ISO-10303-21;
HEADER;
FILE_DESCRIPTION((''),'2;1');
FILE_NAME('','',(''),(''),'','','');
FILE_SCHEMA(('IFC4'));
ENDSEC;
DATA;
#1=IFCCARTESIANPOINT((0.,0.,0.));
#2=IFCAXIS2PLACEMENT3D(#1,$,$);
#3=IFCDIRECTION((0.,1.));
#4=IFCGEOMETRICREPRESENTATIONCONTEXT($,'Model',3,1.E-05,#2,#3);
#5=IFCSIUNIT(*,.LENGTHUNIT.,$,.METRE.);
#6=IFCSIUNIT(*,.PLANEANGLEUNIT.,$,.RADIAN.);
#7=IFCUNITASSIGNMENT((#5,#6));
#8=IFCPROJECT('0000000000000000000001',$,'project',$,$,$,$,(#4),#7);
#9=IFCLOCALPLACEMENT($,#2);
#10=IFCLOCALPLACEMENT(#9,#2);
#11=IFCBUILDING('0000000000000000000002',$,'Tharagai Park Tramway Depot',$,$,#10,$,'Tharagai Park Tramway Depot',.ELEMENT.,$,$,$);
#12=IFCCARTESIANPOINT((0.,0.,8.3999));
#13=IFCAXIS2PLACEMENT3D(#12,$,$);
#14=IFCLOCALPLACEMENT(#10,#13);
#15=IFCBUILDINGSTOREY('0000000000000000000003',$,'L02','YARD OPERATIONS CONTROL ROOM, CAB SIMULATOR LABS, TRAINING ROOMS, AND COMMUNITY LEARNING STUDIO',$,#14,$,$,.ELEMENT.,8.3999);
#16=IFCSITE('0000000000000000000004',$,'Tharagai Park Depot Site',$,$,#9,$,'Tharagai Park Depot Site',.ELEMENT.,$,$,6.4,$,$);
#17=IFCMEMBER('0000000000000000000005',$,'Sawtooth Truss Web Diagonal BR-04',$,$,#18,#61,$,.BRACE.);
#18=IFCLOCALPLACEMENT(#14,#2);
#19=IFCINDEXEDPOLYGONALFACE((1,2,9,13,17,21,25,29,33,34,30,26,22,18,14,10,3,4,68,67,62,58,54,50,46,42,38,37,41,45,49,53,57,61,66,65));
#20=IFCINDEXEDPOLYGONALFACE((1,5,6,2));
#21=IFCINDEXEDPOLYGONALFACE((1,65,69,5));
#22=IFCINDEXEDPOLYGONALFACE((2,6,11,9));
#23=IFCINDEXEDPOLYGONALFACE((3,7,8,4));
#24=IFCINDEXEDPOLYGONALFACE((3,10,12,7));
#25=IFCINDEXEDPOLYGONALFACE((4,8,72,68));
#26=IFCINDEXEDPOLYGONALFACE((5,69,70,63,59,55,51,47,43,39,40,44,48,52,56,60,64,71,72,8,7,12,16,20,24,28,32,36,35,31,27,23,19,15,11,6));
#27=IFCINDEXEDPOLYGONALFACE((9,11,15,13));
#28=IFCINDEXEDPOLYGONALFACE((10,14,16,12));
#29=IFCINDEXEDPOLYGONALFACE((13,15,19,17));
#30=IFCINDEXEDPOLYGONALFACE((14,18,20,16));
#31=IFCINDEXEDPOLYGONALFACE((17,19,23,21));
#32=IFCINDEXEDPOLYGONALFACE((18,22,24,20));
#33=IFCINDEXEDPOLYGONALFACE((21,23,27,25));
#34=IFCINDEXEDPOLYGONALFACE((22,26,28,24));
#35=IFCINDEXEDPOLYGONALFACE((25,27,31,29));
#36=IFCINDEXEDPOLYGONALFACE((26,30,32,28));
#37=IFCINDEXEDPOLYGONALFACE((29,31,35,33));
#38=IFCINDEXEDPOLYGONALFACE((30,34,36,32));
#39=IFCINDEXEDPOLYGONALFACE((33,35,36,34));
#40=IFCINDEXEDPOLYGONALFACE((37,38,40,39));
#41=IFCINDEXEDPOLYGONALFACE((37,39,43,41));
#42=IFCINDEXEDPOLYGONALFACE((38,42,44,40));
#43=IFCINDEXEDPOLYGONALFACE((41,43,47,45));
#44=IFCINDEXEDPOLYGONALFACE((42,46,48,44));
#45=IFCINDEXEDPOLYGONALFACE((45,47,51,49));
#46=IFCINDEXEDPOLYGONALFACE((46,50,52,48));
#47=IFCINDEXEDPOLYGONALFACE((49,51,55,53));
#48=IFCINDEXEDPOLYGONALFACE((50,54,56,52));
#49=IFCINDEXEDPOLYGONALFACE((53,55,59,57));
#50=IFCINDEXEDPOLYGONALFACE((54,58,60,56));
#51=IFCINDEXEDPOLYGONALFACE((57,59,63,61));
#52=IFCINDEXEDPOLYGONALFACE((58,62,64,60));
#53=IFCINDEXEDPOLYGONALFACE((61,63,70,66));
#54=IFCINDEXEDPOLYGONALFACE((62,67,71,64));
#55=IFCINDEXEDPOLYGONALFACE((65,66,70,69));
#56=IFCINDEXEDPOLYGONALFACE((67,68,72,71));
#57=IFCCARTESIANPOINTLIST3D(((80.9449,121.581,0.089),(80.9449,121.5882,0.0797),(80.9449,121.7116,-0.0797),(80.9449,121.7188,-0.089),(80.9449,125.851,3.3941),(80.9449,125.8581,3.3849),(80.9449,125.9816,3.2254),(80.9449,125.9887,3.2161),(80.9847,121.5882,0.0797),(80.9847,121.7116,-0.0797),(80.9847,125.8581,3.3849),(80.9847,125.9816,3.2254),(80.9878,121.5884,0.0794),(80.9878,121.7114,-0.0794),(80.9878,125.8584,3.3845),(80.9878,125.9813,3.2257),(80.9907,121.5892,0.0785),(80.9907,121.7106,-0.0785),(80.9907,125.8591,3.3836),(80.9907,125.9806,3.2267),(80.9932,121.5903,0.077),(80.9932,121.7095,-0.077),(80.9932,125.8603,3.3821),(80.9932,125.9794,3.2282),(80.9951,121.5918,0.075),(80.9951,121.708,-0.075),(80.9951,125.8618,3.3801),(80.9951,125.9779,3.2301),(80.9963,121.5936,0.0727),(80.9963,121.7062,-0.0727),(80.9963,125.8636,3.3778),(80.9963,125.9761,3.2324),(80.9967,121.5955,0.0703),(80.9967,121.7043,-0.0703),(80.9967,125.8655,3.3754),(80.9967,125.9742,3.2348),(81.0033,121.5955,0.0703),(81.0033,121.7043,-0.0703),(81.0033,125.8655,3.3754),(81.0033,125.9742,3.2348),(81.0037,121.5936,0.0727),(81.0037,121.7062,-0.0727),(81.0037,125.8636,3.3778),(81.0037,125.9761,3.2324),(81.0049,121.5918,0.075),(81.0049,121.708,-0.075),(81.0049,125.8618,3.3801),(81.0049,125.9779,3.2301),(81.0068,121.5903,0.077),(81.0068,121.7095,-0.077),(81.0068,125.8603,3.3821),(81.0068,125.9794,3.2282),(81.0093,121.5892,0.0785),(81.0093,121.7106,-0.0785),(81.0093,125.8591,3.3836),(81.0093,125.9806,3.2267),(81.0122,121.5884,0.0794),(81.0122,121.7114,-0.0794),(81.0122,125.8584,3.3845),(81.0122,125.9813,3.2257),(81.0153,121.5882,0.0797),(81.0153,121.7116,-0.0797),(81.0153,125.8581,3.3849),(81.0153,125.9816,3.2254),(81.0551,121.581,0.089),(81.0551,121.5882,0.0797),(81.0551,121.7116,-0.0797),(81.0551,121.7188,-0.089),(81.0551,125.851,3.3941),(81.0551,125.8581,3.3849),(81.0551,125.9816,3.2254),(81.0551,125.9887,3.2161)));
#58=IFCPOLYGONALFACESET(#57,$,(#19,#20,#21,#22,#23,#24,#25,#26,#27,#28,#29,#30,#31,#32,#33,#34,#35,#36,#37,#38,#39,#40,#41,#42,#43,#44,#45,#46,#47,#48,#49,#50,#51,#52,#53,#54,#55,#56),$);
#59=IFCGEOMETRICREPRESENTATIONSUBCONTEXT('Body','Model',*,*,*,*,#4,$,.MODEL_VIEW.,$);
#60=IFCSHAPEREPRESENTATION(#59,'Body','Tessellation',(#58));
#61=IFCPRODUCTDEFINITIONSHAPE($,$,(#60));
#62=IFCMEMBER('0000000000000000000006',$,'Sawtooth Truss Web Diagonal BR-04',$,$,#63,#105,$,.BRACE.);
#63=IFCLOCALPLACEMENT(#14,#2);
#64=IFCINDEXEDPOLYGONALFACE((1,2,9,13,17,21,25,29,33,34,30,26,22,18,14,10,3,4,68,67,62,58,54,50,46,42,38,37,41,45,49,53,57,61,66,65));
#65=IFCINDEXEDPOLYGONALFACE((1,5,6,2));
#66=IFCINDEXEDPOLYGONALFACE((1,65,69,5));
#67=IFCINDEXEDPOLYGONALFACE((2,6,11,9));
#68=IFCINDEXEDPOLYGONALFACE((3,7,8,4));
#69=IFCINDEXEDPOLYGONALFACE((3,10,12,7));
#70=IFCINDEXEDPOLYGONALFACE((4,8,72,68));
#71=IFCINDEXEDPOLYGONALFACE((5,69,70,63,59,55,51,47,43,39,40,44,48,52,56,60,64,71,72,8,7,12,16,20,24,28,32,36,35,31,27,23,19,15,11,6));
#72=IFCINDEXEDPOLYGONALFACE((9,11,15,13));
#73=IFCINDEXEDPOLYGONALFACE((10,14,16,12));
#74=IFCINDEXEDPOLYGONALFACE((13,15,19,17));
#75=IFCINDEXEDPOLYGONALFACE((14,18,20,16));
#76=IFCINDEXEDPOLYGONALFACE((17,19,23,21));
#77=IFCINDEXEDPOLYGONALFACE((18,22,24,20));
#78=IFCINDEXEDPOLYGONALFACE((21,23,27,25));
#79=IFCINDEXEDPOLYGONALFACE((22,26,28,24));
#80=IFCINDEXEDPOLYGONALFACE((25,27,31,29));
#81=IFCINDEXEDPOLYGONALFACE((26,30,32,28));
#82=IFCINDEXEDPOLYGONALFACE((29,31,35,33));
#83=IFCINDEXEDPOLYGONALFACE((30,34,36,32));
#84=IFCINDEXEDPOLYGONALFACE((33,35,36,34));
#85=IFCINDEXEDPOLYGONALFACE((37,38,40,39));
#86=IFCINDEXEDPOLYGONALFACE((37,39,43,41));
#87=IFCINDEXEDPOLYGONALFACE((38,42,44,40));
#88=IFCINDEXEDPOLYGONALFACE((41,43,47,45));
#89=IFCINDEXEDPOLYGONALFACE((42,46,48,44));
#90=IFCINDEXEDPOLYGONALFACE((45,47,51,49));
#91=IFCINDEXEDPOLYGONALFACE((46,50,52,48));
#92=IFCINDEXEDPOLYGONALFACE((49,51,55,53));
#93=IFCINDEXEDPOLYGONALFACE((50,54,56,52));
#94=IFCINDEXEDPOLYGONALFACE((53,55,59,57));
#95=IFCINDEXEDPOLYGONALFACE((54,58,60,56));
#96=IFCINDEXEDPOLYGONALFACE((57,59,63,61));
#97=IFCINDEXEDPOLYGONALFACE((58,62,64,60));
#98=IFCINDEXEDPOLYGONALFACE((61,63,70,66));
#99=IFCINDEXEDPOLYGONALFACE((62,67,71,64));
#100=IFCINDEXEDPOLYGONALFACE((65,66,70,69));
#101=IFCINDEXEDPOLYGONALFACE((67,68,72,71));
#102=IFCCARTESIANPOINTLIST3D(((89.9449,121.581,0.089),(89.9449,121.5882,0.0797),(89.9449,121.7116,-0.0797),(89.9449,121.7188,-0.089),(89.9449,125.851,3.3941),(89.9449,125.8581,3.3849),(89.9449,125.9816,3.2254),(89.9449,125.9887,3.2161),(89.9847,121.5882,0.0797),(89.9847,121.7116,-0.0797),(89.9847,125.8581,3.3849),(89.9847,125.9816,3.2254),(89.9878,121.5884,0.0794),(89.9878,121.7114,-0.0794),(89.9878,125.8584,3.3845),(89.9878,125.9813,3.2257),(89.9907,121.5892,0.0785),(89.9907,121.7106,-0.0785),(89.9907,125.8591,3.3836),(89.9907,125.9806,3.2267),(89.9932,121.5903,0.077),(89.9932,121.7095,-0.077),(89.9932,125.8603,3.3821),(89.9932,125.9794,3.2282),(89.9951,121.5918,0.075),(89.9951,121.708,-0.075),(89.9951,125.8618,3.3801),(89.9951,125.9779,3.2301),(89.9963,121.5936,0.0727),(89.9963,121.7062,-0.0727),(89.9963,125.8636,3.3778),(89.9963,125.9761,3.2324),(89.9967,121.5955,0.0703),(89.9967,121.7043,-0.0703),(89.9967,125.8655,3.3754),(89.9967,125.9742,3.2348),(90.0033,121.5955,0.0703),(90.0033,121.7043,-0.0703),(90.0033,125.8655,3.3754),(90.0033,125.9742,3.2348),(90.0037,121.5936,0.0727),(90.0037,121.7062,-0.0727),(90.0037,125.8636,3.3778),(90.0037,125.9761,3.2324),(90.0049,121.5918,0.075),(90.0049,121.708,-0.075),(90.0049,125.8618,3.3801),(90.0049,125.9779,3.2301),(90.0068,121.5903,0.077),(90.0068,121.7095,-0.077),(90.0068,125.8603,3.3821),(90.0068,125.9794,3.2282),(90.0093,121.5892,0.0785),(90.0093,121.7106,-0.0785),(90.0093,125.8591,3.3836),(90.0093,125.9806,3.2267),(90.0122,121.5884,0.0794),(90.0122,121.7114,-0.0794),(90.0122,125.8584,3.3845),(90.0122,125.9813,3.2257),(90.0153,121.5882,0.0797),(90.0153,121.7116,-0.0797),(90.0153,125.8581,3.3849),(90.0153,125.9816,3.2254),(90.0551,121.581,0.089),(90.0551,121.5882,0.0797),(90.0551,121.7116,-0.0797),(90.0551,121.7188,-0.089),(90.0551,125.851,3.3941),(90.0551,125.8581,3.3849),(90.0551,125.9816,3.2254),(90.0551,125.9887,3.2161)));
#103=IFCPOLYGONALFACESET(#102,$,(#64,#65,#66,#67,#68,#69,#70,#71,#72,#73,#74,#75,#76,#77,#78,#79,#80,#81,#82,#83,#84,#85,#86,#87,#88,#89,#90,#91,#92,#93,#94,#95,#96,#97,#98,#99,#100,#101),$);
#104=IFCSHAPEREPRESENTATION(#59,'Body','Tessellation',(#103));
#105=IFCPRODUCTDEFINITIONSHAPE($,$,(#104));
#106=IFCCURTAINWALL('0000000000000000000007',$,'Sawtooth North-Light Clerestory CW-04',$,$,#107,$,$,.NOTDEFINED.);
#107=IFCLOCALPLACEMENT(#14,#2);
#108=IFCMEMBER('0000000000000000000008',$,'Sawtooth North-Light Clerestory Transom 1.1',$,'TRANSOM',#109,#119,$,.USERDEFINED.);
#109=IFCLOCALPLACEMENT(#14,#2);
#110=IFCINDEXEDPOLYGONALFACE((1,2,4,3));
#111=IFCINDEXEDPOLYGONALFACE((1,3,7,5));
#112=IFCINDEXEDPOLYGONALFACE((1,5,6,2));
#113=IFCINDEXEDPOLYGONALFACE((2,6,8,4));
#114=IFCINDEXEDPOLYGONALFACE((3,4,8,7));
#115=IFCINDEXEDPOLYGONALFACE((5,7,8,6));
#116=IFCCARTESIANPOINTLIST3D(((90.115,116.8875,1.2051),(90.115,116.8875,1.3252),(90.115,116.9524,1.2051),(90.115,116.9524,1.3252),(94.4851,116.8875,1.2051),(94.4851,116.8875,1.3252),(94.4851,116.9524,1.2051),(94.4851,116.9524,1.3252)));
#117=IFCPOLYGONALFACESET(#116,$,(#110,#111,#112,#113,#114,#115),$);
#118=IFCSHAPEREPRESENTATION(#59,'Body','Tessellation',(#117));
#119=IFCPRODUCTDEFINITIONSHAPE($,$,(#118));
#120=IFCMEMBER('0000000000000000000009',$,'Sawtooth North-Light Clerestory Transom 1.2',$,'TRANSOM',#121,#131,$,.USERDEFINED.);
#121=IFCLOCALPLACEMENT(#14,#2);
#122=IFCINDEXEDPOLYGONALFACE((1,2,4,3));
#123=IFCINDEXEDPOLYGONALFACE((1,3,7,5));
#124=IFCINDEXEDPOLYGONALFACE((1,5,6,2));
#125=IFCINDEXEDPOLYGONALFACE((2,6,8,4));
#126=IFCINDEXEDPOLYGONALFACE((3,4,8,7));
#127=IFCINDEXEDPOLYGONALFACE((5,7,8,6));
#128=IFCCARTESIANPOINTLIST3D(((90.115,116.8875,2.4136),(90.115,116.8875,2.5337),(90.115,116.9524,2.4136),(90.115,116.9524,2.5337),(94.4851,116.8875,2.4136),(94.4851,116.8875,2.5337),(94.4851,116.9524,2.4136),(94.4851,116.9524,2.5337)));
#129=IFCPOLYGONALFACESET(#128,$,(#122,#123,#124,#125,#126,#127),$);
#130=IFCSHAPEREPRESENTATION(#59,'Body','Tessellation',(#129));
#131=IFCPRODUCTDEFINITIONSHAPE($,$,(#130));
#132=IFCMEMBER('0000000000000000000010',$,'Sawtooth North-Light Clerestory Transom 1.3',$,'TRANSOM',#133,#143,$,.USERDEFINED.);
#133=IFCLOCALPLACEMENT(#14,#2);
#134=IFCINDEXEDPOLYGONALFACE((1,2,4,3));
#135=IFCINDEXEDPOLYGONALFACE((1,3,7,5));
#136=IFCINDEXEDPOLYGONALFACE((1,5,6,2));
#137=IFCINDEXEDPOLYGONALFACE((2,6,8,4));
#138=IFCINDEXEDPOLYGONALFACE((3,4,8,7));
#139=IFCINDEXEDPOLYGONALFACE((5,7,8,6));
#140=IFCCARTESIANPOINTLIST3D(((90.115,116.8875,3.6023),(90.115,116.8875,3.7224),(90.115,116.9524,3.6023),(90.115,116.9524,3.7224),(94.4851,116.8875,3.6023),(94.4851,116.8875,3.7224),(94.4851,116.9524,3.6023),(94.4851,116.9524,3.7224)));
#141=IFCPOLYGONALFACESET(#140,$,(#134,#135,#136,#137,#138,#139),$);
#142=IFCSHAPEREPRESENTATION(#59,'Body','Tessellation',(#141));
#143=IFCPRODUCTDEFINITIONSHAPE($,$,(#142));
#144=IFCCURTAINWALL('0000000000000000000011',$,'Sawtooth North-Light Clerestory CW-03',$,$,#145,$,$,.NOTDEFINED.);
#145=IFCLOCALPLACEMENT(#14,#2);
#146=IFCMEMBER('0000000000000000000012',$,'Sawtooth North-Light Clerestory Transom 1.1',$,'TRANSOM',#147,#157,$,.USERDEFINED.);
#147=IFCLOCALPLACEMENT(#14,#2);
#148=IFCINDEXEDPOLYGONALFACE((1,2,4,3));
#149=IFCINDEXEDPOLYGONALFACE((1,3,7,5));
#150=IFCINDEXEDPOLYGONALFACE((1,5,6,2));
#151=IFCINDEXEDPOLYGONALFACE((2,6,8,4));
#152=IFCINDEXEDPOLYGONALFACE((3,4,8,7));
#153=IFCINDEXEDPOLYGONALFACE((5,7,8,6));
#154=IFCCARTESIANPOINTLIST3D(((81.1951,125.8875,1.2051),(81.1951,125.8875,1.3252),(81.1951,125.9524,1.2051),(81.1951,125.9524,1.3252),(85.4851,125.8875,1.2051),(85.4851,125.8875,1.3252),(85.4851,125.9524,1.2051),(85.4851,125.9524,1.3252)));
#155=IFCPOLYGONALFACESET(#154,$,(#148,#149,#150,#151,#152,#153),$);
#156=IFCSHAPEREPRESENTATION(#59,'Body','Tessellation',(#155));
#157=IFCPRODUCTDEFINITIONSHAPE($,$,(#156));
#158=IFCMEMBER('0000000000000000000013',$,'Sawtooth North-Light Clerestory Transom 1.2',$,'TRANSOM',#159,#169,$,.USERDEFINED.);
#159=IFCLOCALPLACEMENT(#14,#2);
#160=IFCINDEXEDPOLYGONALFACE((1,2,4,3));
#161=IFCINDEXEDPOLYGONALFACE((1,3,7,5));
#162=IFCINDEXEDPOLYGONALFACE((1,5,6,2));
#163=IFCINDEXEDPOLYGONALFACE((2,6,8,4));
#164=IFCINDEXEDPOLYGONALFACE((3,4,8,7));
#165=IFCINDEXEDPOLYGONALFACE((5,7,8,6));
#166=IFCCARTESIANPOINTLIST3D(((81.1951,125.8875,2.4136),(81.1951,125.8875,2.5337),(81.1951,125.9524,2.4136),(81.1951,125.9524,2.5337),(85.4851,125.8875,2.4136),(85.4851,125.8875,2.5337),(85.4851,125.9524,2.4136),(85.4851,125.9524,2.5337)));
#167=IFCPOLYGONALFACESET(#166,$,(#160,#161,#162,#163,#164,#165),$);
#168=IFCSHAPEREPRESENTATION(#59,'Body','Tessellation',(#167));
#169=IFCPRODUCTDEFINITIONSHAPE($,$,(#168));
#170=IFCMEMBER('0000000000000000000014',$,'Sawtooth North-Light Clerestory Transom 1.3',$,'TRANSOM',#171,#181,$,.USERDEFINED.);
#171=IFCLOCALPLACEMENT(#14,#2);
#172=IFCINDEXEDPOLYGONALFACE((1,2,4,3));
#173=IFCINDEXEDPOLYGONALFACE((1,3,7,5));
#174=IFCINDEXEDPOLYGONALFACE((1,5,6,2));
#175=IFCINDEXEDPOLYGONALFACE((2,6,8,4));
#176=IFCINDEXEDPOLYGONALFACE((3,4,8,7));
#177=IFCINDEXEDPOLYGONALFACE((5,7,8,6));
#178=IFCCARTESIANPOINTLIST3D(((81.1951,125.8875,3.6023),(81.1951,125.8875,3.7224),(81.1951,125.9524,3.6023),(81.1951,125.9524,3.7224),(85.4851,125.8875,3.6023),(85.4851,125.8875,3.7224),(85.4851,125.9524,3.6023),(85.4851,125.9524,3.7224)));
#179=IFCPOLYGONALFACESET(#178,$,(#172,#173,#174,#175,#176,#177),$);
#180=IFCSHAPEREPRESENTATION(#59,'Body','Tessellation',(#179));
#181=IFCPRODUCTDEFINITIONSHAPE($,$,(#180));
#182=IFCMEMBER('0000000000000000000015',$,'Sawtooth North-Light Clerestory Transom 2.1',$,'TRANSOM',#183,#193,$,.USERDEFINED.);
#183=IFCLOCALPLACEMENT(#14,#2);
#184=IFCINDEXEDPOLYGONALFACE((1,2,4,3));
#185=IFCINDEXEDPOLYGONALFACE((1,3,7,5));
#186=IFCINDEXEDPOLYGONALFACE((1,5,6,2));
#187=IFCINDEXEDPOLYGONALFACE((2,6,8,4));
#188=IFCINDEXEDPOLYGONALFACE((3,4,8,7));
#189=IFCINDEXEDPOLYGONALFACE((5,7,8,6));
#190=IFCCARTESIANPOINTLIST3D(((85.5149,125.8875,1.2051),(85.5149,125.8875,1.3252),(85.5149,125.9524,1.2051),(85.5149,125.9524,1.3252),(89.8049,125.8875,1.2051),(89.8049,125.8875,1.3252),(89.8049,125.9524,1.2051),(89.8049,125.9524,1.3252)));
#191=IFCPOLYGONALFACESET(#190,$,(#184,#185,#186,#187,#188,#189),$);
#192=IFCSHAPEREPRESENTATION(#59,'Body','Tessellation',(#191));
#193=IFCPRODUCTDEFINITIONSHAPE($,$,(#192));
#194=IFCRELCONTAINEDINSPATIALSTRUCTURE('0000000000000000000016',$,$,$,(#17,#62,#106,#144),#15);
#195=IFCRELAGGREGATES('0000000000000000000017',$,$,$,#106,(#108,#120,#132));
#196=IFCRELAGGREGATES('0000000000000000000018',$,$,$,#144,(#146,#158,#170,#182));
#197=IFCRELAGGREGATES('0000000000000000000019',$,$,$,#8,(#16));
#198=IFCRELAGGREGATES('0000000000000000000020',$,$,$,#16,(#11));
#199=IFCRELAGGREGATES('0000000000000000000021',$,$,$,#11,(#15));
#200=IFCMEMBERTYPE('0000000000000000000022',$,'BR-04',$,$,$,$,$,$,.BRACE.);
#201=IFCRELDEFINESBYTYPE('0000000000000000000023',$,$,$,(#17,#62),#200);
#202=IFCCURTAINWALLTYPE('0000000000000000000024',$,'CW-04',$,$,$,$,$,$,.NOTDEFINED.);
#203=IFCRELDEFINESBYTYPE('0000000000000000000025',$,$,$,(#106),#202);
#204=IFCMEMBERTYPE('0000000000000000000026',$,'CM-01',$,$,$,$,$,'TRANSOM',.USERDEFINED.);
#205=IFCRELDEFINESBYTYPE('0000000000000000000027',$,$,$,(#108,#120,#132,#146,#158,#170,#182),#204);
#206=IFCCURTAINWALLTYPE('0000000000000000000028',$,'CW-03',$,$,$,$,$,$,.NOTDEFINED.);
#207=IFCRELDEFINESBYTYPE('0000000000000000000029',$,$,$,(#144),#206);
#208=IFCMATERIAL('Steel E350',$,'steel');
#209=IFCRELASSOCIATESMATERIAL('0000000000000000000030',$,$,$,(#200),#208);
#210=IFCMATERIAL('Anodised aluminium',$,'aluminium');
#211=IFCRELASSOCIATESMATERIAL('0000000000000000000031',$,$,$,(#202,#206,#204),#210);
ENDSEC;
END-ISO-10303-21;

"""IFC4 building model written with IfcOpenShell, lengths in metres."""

from ifc_helpers import new_model, si_unit, direction, frame, origin, origin_2d, place, context, subcontext, project, spatial, rectangle, i_section, extrude, material, material_profile, profile_set, type_object, element, aggregate, save


model = new_model("IFC4")

# Units and contexts
model_context = context("Model", 3, precision=1e-05, world=origin(), true_north=direction((0.0, 1.0)))
body_context = subcontext(model_context, "Body", "Model", "MODEL_VIEW")
ifc_project = project(units=[si_unit("LENGTHUNIT", "METRE"), si_unit("PLANEANGLEUNIT", "RADIAN")], contexts=[model_context])

# Site, building, storey
site_placement = place(None, origin())
site = spatial("IfcSite", under=ifc_project, at=site_placement, Name="Tharagai Park Depot Site", LongName="Tharagai Park Depot Site", CompositionType="ELEMENT", RefElevation=6.4)
building_placement = place(site_placement, origin())
building = spatial("IfcBuilding", under=site, at=building_placement, Name="Tharagai Park Tramway Depot", LongName="Tharagai Park Tramway Depot", CompositionType="ELEMENT")
storey_placement = place(building_placement, frame((0.0, 0.0, 8.3999)))
storey = spatial("IfcBuildingStorey", under=building, at=storey_placement, Name="L02", Description="YARD OPERATIONS CONTROL ROOM, CAB SIMULATOR LABS, TRAINING ROOMS, AND COMMUNITY LEARNING STUDIO", CompositionType="ELEMENT", Elevation=8.3999)

# Shared definitions
ifc_material_1 = material(Name="Steel E350", Category="steel")

# Members
ifc_material_profile_1 = material_profile(ifc_material_1, i_section(OverallWidth=0.1101, OverallDepth=0.2251, WebThickness=0.0066, FlangeThickness=0.0117, FilletRadius=0.012, at=origin_2d()), Name="ISMB 225")
ifc_profile_set_1 = profile_set([ifc_material_profile_1], Name="Steel E350")
member_type_1 = type_object("IfcMemberType", Name="BR-04", PredefinedType="BRACE", material=ifc_profile_set_1)
for number, where, z_axis, x_axis, name in (
    (1, (81.0, 121.6499, 0.0), (0.0, 0.790782, 0.612098), (-1.0, 0.0, 0.0), "Sawtooth Truss Web Diagonal BR-04"),
    (2, (90.0, 121.6499, 0.0), (0.0, 0.790782, 0.612098), (-1.0, 0.0, 0.0), "Sawtooth Truss Web Diagonal BR-04"),
):
    element("IfcMember", number, at=place(storey_placement, frame(where, z_axis=z_axis, x_axis=x_axis)), inside=storey, type_object=member_type_1, Name=name, PredefinedType="BRACE", context=body_context, shape_type="SweptSolid", body=[
        extrude(i_section(OverallWidth=0.1101, OverallDepth=0.2251, WebThickness=0.0066, FlangeThickness=0.0117, FilletRadius=0.012, at=origin_2d()), origin(), (0.0, 0.0, 1.0), 5.3997),
    ])

# Curtain walls, members
ifc_material_2 = material(Name="Anodised aluminium", Category="aluminium")
curtain_wall_type_1 = type_object("IfcCurtainWallType", Name="CW-04", PredefinedType="NOTDEFINED", material=ifc_material_2)
curtain_wall_1_placement = place(storey_placement, origin())
curtain_wall_1 = element("IfcCurtainWall", 3, at=curtain_wall_1_placement, inside=storey, type_object=curtain_wall_type_1, Name="Sawtooth North-Light Clerestory CW-04", PredefinedType="NOTDEFINED")
ifc_material_profile_2 = material_profile(ifc_material_2, rectangle(XDim=0.0649, YDim=0.1201, at=origin_2d()), Name="ALU 65x120")
ifc_profile_set_2 = profile_set([ifc_material_profile_2], Name="Anodised aluminium")
member_type_2 = type_object("IfcMemberType", Name="CM-01", ElementType="TRANSOM", PredefinedType="USERDEFINED", material=ifc_profile_set_2)
member_1_placement = place(storey_placement, frame((90.115, 116.9199, 1.2651), z_axis=(1.0, 0.0, 0.0), x_axis=(0.0, 1.0, 0.0)))
member_1 = element("IfcMember", 4, at=member_1_placement, type_object=member_type_2, Name="Sawtooth North-Light Clerestory Transom 1.1", ObjectType="TRANSOM", PredefinedType="USERDEFINED", context=body_context, shape_type="SweptSolid", body=[
    extrude(rectangle(XDim=0.0649, YDim=0.1201, at=origin_2d()), origin(), (0.0, 0.0, 1.0), 4.3701),
])
member_2_placement = place(storey_placement, frame((90.115, 116.9199, 2.4736), z_axis=(1.0, 0.0, 0.0), x_axis=(0.0, 1.0, 0.0)))
member_2 = element("IfcMember", 5, at=member_2_placement, type_object=member_type_2, Name="Sawtooth North-Light Clerestory Transom 1.2", ObjectType="TRANSOM", PredefinedType="USERDEFINED", context=body_context, shape_type="SweptSolid", body=[
    extrude(rectangle(XDim=0.0649, YDim=0.1201, at=origin_2d()), origin(), (0.0, 0.0, 1.0), 4.3701),
])
member_3_placement = place(storey_placement, frame((90.115, 116.9199, 3.6624), z_axis=(1.0, 0.0, 0.0), x_axis=(0.0, 1.0, 0.0)))
member_3 = element("IfcMember", 6, at=member_3_placement, type_object=member_type_2, Name="Sawtooth North-Light Clerestory Transom 1.3", ObjectType="TRANSOM", PredefinedType="USERDEFINED", context=body_context, shape_type="SweptSolid", body=[
    extrude(rectangle(XDim=0.0649, YDim=0.1201, at=origin_2d()), origin(), (0.0, 0.0, 1.0), 4.3701),
])
curtain_wall_type_2 = type_object("IfcCurtainWallType", Name="CW-03", PredefinedType="NOTDEFINED", material=ifc_material_2)
curtain_wall_2_placement = place(storey_placement, origin())
curtain_wall_2 = element("IfcCurtainWall", 7, at=curtain_wall_2_placement, inside=storey, type_object=curtain_wall_type_2, Name="Sawtooth North-Light Clerestory CW-03", PredefinedType="NOTDEFINED")
member_4_placement = place(storey_placement, frame((81.1951, 125.9199, 1.2651), z_axis=(1.0, 0.0, 0.0), x_axis=(0.0, 1.0, 0.0)))
member_4 = element("IfcMember", 8, at=member_4_placement, type_object=member_type_2, Name="Sawtooth North-Light Clerestory Transom 1.1", ObjectType="TRANSOM", PredefinedType="USERDEFINED", context=body_context, shape_type="SweptSolid", body=[
    extrude(rectangle(XDim=0.0649, YDim=0.1201, at=origin_2d()), origin(), (0.0, 0.0, 1.0), 4.29),
])
member_5_placement = place(storey_placement, frame((81.1951, 125.9199, 2.4736), z_axis=(1.0, 0.0, 0.0), x_axis=(0.0, 1.0, 0.0)))
member_5 = element("IfcMember", 9, at=member_5_placement, type_object=member_type_2, Name="Sawtooth North-Light Clerestory Transom 1.2", ObjectType="TRANSOM", PredefinedType="USERDEFINED", context=body_context, shape_type="SweptSolid", body=[
    extrude(rectangle(XDim=0.0649, YDim=0.1201, at=origin_2d()), origin(), (0.0, 0.0, 1.0), 4.29),
])
member_6_placement = place(storey_placement, frame((81.1951, 125.9199, 3.6624), z_axis=(1.0, 0.0, 0.0), x_axis=(0.0, 1.0, 0.0)))
member_6 = element("IfcMember", 10, at=member_6_placement, type_object=member_type_2, Name="Sawtooth North-Light Clerestory Transom 1.3", ObjectType="TRANSOM", PredefinedType="USERDEFINED", context=body_context, shape_type="SweptSolid", body=[
    extrude(rectangle(XDim=0.0649, YDim=0.1201, at=origin_2d()), origin(), (0.0, 0.0, 1.0), 4.29),
])
member_7_placement = place(storey_placement, frame((85.5149, 125.9199, 1.2651), z_axis=(1.0, 0.0, 0.0), x_axis=(0.0, 1.0, 0.0)))
member_7 = element("IfcMember", 11, at=member_7_placement, type_object=member_type_2, Name="Sawtooth North-Light Clerestory Transom 2.1", ObjectType="TRANSOM", PredefinedType="USERDEFINED", context=body_context, shape_type="SweptSolid", body=[
    extrude(rectangle(XDim=0.0649, YDim=0.1201, at=origin_2d()), origin(), (0.0, 0.0, 1.0), 4.29),
])

aggregate(curtain_wall_1, [member_1, member_2, member_3])

aggregate(curtain_wall_2, [member_4, member_5, member_6, member_7])

save(model, "model.ifc")
